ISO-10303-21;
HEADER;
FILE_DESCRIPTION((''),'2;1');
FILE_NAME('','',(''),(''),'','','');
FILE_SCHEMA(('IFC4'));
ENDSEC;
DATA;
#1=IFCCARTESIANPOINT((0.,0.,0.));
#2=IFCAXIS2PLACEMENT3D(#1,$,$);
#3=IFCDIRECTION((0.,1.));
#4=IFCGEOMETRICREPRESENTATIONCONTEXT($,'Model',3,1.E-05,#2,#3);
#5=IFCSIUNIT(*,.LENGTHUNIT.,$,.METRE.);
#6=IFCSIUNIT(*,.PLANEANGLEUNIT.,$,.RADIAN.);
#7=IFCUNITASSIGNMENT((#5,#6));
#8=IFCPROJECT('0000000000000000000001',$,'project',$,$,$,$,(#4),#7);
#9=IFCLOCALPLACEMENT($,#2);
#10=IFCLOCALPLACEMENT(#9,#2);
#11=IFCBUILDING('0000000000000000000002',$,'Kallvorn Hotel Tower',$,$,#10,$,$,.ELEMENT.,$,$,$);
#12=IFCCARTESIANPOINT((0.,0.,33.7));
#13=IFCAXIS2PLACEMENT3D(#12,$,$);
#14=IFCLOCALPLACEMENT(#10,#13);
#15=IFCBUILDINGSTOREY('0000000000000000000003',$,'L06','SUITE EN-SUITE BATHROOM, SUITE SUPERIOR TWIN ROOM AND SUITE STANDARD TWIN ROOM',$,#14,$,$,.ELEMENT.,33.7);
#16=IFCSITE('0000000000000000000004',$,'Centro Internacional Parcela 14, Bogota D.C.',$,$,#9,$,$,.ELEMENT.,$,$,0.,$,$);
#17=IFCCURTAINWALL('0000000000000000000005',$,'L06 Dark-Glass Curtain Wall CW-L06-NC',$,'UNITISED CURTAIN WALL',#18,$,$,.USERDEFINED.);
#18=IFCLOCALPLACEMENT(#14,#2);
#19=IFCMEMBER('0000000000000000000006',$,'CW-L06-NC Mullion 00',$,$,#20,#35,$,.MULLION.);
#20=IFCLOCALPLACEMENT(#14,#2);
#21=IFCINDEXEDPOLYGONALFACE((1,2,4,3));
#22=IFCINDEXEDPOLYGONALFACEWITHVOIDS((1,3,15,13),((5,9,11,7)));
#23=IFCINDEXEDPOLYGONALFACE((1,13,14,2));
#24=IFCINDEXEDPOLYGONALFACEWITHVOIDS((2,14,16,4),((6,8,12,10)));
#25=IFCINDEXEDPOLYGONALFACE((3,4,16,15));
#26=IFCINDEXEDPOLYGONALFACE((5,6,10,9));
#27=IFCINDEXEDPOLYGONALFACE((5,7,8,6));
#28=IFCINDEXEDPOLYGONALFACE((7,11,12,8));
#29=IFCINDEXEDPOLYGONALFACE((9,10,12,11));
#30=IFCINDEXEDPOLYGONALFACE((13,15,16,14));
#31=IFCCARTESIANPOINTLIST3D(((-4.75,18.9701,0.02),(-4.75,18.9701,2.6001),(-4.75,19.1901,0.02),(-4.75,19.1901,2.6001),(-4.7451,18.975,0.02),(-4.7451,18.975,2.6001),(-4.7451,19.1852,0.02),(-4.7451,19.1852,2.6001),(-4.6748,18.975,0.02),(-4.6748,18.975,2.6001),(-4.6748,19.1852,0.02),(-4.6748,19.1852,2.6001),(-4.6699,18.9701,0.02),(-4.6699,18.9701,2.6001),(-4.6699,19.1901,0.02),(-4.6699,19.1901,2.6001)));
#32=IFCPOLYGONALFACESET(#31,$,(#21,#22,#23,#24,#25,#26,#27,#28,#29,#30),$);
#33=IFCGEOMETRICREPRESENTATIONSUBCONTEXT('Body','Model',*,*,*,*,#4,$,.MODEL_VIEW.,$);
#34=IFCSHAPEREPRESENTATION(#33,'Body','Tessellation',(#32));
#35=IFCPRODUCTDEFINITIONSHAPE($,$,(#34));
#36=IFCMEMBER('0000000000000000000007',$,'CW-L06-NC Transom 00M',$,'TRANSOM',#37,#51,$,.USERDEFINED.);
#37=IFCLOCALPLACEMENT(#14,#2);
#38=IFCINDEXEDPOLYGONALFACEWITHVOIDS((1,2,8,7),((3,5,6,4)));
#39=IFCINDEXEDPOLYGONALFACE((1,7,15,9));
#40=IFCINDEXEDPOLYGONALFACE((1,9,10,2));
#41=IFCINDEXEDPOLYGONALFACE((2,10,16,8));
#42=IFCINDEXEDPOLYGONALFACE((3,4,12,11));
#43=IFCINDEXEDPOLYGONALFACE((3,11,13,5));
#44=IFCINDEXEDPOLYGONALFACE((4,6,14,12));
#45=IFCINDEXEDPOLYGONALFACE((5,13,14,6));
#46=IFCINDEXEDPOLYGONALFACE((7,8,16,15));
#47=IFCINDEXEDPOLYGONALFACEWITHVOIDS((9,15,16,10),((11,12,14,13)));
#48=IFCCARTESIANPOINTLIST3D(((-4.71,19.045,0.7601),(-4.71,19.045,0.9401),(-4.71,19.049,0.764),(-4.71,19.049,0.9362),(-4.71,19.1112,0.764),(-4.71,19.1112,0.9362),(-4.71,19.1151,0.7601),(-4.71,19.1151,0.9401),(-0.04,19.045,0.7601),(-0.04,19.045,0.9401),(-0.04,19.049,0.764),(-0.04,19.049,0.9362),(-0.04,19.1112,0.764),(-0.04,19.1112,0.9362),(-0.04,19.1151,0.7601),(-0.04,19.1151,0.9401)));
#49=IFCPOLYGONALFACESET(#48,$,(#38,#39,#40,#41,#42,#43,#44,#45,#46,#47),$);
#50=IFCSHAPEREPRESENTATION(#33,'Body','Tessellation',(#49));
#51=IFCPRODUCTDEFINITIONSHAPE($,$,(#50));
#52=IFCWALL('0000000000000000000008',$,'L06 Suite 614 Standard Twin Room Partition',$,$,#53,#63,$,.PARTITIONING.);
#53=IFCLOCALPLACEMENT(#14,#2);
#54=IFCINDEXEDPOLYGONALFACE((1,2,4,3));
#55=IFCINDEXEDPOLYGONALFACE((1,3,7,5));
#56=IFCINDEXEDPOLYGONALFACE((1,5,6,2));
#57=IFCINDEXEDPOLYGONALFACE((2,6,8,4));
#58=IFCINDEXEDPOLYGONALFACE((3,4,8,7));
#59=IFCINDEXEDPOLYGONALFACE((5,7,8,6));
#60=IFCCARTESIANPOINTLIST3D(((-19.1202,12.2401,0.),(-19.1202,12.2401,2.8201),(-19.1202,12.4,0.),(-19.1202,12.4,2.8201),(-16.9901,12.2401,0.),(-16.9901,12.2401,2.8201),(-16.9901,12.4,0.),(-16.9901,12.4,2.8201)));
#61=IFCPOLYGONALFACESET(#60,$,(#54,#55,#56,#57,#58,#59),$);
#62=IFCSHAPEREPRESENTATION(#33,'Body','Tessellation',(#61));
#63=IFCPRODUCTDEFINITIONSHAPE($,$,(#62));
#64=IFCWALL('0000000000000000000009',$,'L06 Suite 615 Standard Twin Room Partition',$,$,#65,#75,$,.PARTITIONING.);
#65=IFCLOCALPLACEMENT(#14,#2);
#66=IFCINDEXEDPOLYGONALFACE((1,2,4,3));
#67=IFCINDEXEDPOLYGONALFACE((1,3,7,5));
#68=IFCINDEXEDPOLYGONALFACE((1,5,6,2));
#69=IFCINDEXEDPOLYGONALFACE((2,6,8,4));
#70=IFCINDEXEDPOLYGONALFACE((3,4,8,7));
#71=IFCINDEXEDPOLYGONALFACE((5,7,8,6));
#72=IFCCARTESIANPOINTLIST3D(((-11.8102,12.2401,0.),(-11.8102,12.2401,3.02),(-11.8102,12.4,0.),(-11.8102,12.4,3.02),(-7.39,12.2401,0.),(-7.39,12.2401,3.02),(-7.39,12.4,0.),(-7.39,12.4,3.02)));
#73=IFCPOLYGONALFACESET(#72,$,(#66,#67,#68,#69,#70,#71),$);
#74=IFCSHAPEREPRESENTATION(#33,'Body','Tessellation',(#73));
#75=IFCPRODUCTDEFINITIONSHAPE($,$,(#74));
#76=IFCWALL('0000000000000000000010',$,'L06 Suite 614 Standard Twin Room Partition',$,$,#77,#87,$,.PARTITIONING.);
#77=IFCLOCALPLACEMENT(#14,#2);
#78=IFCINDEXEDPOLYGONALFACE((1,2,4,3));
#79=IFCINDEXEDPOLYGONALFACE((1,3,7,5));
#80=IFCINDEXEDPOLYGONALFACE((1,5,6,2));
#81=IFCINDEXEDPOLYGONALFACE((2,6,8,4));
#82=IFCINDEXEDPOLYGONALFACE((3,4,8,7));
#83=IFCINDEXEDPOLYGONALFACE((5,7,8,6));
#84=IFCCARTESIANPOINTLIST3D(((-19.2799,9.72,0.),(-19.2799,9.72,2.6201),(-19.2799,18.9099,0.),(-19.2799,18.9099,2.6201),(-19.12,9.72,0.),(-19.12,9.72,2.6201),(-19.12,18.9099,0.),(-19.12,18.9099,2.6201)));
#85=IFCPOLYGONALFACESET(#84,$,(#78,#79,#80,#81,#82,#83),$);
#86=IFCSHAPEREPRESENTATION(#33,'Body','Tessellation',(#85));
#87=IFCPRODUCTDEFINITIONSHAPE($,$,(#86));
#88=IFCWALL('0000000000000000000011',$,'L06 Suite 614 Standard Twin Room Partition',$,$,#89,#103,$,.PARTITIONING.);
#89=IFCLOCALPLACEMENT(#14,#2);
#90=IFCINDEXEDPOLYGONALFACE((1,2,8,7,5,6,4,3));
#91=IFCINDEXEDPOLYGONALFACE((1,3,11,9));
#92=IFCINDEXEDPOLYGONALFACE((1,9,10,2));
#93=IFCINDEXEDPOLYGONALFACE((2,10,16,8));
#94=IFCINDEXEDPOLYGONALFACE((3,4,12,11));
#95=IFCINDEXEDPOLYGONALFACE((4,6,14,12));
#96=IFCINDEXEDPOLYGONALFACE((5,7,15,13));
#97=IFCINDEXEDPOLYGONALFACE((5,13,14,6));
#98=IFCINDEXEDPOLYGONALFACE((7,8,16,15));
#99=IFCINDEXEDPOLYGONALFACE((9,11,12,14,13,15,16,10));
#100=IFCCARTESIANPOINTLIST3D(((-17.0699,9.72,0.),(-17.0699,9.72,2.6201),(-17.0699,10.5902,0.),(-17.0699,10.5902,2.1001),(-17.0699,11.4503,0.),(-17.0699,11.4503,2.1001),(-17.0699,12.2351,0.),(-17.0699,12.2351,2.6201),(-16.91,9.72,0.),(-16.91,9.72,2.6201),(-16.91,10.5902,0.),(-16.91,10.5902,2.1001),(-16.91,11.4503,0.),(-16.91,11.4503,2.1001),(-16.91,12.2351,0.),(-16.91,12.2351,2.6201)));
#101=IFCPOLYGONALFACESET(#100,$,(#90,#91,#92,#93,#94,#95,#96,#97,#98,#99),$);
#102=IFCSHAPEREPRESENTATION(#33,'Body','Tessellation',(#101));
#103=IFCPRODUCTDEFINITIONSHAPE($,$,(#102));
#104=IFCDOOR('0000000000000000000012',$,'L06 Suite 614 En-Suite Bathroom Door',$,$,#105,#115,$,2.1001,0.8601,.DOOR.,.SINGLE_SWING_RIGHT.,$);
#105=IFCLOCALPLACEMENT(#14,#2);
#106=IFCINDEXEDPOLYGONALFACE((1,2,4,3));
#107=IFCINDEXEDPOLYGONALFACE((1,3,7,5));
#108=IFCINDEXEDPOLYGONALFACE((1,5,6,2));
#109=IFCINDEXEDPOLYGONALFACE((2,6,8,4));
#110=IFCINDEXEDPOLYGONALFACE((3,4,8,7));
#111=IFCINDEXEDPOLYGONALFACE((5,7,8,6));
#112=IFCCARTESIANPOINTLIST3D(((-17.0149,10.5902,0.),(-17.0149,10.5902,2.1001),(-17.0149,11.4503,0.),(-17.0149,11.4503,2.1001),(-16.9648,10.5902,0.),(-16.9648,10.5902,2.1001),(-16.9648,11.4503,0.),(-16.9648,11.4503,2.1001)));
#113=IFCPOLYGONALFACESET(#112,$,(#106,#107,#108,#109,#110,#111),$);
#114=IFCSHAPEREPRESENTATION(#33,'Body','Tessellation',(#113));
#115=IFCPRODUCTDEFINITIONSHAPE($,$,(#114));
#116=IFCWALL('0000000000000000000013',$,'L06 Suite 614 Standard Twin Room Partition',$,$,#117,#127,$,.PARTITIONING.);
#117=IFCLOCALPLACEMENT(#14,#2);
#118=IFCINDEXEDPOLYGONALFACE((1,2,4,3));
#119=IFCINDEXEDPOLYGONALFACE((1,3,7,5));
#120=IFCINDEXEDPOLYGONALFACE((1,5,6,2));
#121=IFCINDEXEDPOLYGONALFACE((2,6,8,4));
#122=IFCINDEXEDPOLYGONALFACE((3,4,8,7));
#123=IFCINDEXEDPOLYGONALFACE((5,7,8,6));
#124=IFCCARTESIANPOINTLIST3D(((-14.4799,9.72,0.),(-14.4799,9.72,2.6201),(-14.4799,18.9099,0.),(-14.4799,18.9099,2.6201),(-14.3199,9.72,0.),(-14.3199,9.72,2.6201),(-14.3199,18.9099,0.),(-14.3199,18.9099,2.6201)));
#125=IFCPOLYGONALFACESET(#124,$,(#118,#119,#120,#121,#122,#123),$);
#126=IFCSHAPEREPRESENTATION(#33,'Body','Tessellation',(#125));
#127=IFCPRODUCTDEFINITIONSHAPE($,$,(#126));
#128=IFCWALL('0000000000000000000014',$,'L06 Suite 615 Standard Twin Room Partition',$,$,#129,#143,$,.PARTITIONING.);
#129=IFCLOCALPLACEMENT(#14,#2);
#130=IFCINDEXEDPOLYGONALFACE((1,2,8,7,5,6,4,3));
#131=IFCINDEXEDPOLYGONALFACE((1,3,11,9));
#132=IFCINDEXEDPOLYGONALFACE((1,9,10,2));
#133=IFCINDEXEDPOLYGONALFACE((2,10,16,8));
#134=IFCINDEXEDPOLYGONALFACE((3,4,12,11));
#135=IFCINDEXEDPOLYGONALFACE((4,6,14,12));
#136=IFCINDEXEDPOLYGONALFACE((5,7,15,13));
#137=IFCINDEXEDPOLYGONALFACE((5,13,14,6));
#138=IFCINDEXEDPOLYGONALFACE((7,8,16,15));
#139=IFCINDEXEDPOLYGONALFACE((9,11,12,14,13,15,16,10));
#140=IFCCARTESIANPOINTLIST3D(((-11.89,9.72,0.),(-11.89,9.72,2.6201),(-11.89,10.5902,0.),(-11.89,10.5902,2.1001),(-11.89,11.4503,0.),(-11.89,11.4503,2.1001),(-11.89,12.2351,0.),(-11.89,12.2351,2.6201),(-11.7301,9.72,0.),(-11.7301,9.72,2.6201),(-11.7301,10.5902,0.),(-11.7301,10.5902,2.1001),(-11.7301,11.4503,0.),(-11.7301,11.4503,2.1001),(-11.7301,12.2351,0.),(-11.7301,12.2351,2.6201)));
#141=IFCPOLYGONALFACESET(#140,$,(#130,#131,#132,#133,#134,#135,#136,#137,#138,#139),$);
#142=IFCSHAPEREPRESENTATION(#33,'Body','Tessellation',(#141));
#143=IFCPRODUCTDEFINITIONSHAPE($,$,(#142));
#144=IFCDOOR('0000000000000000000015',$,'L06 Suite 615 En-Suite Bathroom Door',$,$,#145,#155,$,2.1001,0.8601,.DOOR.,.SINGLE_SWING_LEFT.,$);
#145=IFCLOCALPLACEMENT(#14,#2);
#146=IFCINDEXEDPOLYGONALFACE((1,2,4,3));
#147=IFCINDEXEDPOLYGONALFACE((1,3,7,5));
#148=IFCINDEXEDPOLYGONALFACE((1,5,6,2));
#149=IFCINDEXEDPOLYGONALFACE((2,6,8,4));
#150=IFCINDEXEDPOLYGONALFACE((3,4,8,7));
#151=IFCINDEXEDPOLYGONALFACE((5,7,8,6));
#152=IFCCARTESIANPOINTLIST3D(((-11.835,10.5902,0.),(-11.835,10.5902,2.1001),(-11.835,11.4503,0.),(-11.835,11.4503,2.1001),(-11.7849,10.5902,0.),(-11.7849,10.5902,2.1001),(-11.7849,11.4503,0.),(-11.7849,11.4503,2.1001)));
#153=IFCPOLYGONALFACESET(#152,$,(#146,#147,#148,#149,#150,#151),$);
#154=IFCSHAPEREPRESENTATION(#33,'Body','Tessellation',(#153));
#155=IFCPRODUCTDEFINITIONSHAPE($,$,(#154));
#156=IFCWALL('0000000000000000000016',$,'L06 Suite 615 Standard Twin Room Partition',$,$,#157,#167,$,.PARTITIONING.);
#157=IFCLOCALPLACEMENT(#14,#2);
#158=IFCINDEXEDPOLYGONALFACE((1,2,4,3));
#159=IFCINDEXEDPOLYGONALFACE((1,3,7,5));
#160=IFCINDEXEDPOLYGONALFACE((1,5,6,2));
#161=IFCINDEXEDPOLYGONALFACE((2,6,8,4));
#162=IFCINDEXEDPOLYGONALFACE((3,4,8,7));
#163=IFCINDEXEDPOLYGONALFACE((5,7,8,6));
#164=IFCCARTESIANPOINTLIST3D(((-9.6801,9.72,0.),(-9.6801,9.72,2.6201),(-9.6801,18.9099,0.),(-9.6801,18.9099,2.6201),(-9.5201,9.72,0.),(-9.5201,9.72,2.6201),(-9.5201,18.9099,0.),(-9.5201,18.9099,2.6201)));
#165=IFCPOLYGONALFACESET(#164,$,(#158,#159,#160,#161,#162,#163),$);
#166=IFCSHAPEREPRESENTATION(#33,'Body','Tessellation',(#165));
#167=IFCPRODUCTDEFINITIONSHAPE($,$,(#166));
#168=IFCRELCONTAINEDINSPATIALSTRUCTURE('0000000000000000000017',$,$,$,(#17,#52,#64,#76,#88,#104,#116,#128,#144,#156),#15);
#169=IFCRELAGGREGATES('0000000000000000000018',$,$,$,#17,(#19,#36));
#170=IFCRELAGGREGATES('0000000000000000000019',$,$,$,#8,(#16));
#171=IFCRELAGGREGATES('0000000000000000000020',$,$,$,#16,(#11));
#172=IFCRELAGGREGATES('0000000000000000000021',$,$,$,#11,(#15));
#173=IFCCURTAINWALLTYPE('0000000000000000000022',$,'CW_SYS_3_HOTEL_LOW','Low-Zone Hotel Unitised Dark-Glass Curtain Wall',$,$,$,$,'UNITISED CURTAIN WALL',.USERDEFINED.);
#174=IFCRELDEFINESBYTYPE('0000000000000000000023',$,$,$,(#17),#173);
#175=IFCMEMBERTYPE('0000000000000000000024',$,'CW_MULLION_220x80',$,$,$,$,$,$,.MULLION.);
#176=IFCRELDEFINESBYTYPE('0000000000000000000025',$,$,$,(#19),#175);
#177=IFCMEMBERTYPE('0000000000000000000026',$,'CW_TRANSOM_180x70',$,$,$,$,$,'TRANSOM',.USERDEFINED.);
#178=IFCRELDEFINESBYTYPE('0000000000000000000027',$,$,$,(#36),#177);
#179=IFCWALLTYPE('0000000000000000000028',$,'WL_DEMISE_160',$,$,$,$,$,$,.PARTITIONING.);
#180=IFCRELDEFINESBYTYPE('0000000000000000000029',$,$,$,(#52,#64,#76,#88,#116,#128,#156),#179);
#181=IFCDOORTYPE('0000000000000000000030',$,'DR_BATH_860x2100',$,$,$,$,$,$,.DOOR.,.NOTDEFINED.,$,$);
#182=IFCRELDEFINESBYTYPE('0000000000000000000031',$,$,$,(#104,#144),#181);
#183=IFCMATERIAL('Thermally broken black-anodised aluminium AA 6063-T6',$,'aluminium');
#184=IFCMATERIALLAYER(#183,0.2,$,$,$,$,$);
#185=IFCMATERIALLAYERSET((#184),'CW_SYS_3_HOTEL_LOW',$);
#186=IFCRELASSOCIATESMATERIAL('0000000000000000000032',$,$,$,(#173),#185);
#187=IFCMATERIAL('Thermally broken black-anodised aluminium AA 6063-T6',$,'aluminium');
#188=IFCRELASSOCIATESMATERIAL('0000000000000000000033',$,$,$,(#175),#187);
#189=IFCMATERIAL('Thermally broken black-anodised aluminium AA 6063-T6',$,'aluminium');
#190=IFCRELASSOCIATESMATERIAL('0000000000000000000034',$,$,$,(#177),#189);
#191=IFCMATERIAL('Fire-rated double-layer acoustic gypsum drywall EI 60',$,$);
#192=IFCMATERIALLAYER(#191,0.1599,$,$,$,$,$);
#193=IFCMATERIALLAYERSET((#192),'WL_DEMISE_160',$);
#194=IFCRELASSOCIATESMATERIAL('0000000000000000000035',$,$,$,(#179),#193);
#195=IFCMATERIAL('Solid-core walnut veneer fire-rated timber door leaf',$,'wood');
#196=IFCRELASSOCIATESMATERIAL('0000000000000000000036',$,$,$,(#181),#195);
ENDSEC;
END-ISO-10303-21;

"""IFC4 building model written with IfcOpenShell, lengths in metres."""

from ifc_helpers import new_model, si_unit, direction, frame, frame_2d, origin, origin_2d, place, context, subcontext, project, spatial, rectangle, hollow_rectangle, extrude, material, layer, layer_set, material_profile, profile_set, type_object, element, fill, aggregate, save


model = new_model("IFC4")

# Units and contexts
model_context = context("Model", 3, precision=1e-05, world=origin(), true_north=direction((0.0, 1.0)))
body_context = subcontext(model_context, "Body", "Model", "MODEL_VIEW")
ifc_project = project(units=[si_unit("LENGTHUNIT", "METRE"), si_unit("PLANEANGLEUNIT", "RADIAN")], contexts=[model_context])

# Site, building, storey
site_placement = place(None, origin())
site = spatial("IfcSite", under=ifc_project, at=site_placement, Name="Centro Internacional Parcela 14, Bogota D.C.", CompositionType="ELEMENT", RefElevation=0.0)
building_placement = place(site_placement, origin())
building = spatial("IfcBuilding", under=site, at=building_placement, Name="Kallvorn Hotel Tower", CompositionType="ELEMENT")
storey_placement = place(building_placement, frame((0.0, 0.0, 33.7)))
storey = spatial("IfcBuildingStorey", under=building, at=storey_placement, Name="L06", Description="SUITE EN-SUITE BATHROOM, SUITE SUPERIOR TWIN ROOM AND SUITE STANDARD TWIN ROOM", CompositionType="ELEMENT", Elevation=33.7)

# Curtain wall, members
ifc_material_1 = material(Name="Thermally broken black-anodised aluminium AA 6063-T6", Category="aluminium")
ifc_layer_1 = layer(ifc_material_1, 0.2)
ifc_layer_set_1 = layer_set([ifc_layer_1], Name="CW_SYS_3_HOTEL_LOW")
curtain_wall_type = type_object("IfcCurtainWallType", Name="CW_SYS_3_HOTEL_LOW", Description="Low-Zone Hotel Unitised Dark-Glass Curtain Wall", ElementType="UNITISED CURTAIN WALL", PredefinedType="USERDEFINED", material=ifc_layer_set_1)
curtain_wall_placement = place(storey_placement, origin())
curtain_wall = element("IfcCurtainWall", 1, at=curtain_wall_placement, inside=storey, type_object=curtain_wall_type, Name="L06 Dark-Glass Curtain Wall CW-L06-NC", ObjectType="UNITISED CURTAIN WALL", PredefinedType="USERDEFINED")
ifc_material_2 = material(Name="Thermally broken black-anodised aluminium AA 6063-T6", Category="aluminium")
ifc_material_profile_1 = material_profile(ifc_material_2, hollow_rectangle(XDim=0.0801, YDim=0.22, WallThickness=0.0049, at=origin_2d()), Name="MUL 220x80")
ifc_profile_set_1 = profile_set([ifc_material_profile_1], Name="Thermally broken black-anodised aluminium AA 6063-T6")
member_type_1 = type_object("IfcMemberType", Name="CW_MULLION_220x80", PredefinedType="MULLION", material=ifc_profile_set_1)
member_1_placement = place(storey_placement, frame((-4.71, 19.0801, 0.02), z_axis=(0.0, 0.0, 1.0), x_axis=(1.0, 0.0, 0.0)))
member_1 = element("IfcMember", 2, at=member_1_placement, type_object=member_type_1, Name="CW-L06-NC Mullion 00", PredefinedType="MULLION", context=body_context, shape_type="SweptSolid", body=[
    extrude(hollow_rectangle(XDim=0.0801, YDim=0.22, WallThickness=0.0049, at=origin_2d()), origin(), (0.0, 0.0, 1.0), 2.5801),
])
ifc_material_3 = material(Name="Thermally broken black-anodised aluminium AA 6063-T6", Category="aluminium")
ifc_material_profile_2 = material_profile(ifc_material_3, hollow_rectangle(XDim=0.0701, YDim=0.1799, WallThickness=0.0039, at=origin_2d()), Name="TRN 180x70")
ifc_profile_set_2 = profile_set([ifc_material_profile_2], Name="Thermally broken black-anodised aluminium AA 6063-T6")
member_type_2 = type_object("IfcMemberType", Name="CW_TRANSOM_180x70", ElementType="TRANSOM", PredefinedType="USERDEFINED", material=ifc_profile_set_2)
member_2_placement = place(storey_placement, frame((-4.71, 19.0801, 0.8501), z_axis=(1.0, 0.0, 0.0), x_axis=(0.0, 1.0, 0.0)))
member_2 = element("IfcMember", 3, at=member_2_placement, type_object=member_type_2, Name="CW-L06-NC Transom 00M", ObjectType="TRANSOM", PredefinedType="USERDEFINED", context=body_context, shape_type="SweptSolid", body=[
    extrude(hollow_rectangle(XDim=0.0701, YDim=0.1799, WallThickness=0.0039, at=origin_2d()), origin(), (0.0, 0.0, 1.0), 4.6699),
])
aggregate(curtain_wall, [member_1, member_2])

# Walls
ifc_material_4 = material(Name="Fire-rated double-layer acoustic gypsum drywall EI 60")
ifc_layer_2 = layer(ifc_material_4, 0.1599)
ifc_layer_set_2 = layer_set([ifc_layer_2], Name="WL_DEMISE_160")
wall_type = type_object("IfcWallType", Name="WL_DEMISE_160", PredefinedType="PARTITIONING", material=ifc_layer_set_2)
wall_1_placement = place(storey_placement, frame((-19.1201, 12.3201, 0.0), z_axis=(0.0, 0.0, 1.0), x_axis=(1.0, 0.0, 0.0)))
element("IfcWall", 4, at=wall_1_placement, inside=storey, type_object=wall_type, Name="L06 Suite 614 Standard Twin Room Partition", PredefinedType="PARTITIONING", context=body_context, shape_type="SweptSolid", body=[
    extrude(rectangle(XDim=2.1301, YDim=0.1599, at=frame_2d((1.0649, 0.0))), origin(), (0.0, 0.0, 1.0), 2.8201),
])
wall_2_placement = place(storey_placement, frame((-11.8101, 12.3201, 0.0), z_axis=(0.0, 0.0, 1.0), x_axis=(1.0, 0.0, 0.0)))
element("IfcWall", 5, at=wall_2_placement, inside=storey, type_object=wall_type, Name="L06 Suite 615 Standard Twin Room Partition", PredefinedType="PARTITIONING", context=body_context, shape_type="SweptSolid", body=[
    extrude(rectangle(XDim=4.4202, YDim=0.1599, at=frame_2d((2.21, 0.0))), origin(), (0.0, 0.0, 1.0), 3.02),
])
wall_3_placement = place(storey_placement, frame((-19.2, 9.72, 0.0), z_axis=(0.0, 0.0, 1.0), x_axis=(0.0, 1.0, 0.0)))
element("IfcWall", 6, at=wall_3_placement, inside=storey, type_object=wall_type, Name="L06 Suite 614 Standard Twin Room Partition", PredefinedType="PARTITIONING", context=body_context, shape_type="SweptSolid", body=[
    extrude(rectangle(XDim=9.1899, YDim=0.1599, at=frame_2d((4.595, 0.0))), origin(), (0.0, 0.0, 1.0), 2.6201),
])

# Wall, opening, door
wall_4_placement = place(storey_placement, frame((-16.99, 9.72, 0.0), z_axis=(0.0, 0.0, 1.0), x_axis=(0.0, 1.0, 0.0)))
wall_4 = element("IfcWall", 7, at=wall_4_placement, inside=storey, type_object=wall_type, Name="L06 Suite 614 Standard Twin Room Partition", PredefinedType="PARTITIONING", context=body_context, shape_type="SweptSolid", body=[
    extrude(rectangle(XDim=2.5151, YDim=0.1599, at=frame_2d((1.2576, 0.0))), origin(), (0.0, 0.0, 1.0), 2.6201),
])
opening_1_placement = place(wall_4_placement, frame((0.8701, 0.0, 0.0)))
opening_1 = element("IfcOpeningElement", 8, at=opening_1_placement, cuts=wall_4, PredefinedType="OPENING", context=body_context, shape_type="SweptSolid", body=[
    extrude(rectangle(XDim=0.8601, YDim=2.1001, at=frame_2d((0.4302, 1.05))), frame((0.0, 0.095, 0.0), z_axis=(0.0, -1.0, 0.0), x_axis=(1.0, 0.0, 0.0)), (0.0, 0.0, 1.0), 0.1899),
])
ifc_material_5 = material(Name="Solid-core walnut veneer fire-rated timber door leaf", Category="wood")
door_type = type_object("IfcDoorType", Name="DR_BATH_860x2100", OperationType="NOTDEFINED", PredefinedType="DOOR", material=ifc_material_5)
door_1_placement = place(opening_1_placement, origin())
door_1 = element("IfcDoor", 9, at=door_1_placement, inside=storey, type_object=door_type, Name="L06 Suite 614 En-Suite Bathroom Door", OperationType="SINGLE_SWING_RIGHT", OverallHeight=2.1001, OverallWidth=0.8601, PredefinedType="DOOR", context=body_context, shape_type="SweptSolid", body=[
    extrude(rectangle(XDim=0.8601, YDim=2.1001, at=frame_2d((0.4302, 1.05))), frame((0.0, 0.0249, 0.0), z_axis=(0.0, -1.0, 0.0), x_axis=(1.0, 0.0, 0.0)), (0.0, 0.0, 1.0), 0.05),
])
fill(opening_1, door_1)

# Wall
wall_5_placement = place(storey_placement, frame((-14.3999, 9.72, 0.0), z_axis=(0.0, 0.0, 1.0), x_axis=(0.0, 1.0, 0.0)))
element("IfcWall", 10, at=wall_5_placement, inside=storey, type_object=wall_type, Name="L06 Suite 614 Standard Twin Room Partition", PredefinedType="PARTITIONING", context=body_context, shape_type="SweptSolid", body=[
    extrude(rectangle(XDim=9.1899, YDim=0.1599, at=frame_2d((4.595, 0.0))), origin(), (0.0, 0.0, 1.0), 2.6201),
])

# Wall, opening, door
wall_6_placement = place(storey_placement, frame((-11.8101, 9.72, 0.0), z_axis=(0.0, 0.0, 1.0), x_axis=(0.0, 1.0, 0.0)))
wall_6 = element("IfcWall", 11, at=wall_6_placement, inside=storey, type_object=wall_type, Name="L06 Suite 615 Standard Twin Room Partition", PredefinedType="PARTITIONING", context=body_context, shape_type="SweptSolid", body=[
    extrude(rectangle(XDim=2.5151, YDim=0.1599, at=frame_2d((1.2576, 0.0))), origin(), (0.0, 0.0, 1.0), 2.6201),
])
opening_2_placement = place(wall_6_placement, frame((0.8701, 0.0, 0.0)))
opening_2 = element("IfcOpeningElement", 12, at=opening_2_placement, cuts=wall_6, PredefinedType="OPENING", context=body_context, shape_type="SweptSolid", body=[
    extrude(rectangle(XDim=0.8601, YDim=2.1001, at=frame_2d((0.4302, 1.05))), frame((0.0, 0.095, 0.0), z_axis=(0.0, -1.0, 0.0), x_axis=(1.0, 0.0, 0.0)), (0.0, 0.0, 1.0), 0.1899),
])
door_2_placement = place(opening_2_placement, origin())
door_2 = element("IfcDoor", 13, at=door_2_placement, inside=storey, type_object=door_type, Name="L06 Suite 615 En-Suite Bathroom Door", OperationType="SINGLE_SWING_LEFT", OverallHeight=2.1001, OverallWidth=0.8601, PredefinedType="DOOR", context=body_context, shape_type="SweptSolid", body=[
    extrude(rectangle(XDim=0.8601, YDim=2.1001, at=frame_2d((0.4302, 1.05))), frame((0.0, 0.0249, 0.0), z_axis=(0.0, -1.0, 0.0), x_axis=(1.0, 0.0, 0.0)), (0.0, 0.0, 1.0), 0.05),
])
fill(opening_2, door_2)

# Wall
wall_7_placement = place(storey_placement, frame((-9.6001, 9.72, 0.0), z_axis=(0.0, 0.0, 1.0), x_axis=(0.0, 1.0, 0.0)))
element("IfcWall", 14, at=wall_7_placement, inside=storey, type_object=wall_type, Name="L06 Suite 615 Standard Twin Room Partition", PredefinedType="PARTITIONING", context=body_context, shape_type="SweptSolid", body=[
    extrude(rectangle(XDim=9.1899, YDim=0.1599, at=frame_2d((4.595, 0.0))), origin(), (0.0, 0.0, 1.0), 2.6201),
])

save(model, "model.ifc")
